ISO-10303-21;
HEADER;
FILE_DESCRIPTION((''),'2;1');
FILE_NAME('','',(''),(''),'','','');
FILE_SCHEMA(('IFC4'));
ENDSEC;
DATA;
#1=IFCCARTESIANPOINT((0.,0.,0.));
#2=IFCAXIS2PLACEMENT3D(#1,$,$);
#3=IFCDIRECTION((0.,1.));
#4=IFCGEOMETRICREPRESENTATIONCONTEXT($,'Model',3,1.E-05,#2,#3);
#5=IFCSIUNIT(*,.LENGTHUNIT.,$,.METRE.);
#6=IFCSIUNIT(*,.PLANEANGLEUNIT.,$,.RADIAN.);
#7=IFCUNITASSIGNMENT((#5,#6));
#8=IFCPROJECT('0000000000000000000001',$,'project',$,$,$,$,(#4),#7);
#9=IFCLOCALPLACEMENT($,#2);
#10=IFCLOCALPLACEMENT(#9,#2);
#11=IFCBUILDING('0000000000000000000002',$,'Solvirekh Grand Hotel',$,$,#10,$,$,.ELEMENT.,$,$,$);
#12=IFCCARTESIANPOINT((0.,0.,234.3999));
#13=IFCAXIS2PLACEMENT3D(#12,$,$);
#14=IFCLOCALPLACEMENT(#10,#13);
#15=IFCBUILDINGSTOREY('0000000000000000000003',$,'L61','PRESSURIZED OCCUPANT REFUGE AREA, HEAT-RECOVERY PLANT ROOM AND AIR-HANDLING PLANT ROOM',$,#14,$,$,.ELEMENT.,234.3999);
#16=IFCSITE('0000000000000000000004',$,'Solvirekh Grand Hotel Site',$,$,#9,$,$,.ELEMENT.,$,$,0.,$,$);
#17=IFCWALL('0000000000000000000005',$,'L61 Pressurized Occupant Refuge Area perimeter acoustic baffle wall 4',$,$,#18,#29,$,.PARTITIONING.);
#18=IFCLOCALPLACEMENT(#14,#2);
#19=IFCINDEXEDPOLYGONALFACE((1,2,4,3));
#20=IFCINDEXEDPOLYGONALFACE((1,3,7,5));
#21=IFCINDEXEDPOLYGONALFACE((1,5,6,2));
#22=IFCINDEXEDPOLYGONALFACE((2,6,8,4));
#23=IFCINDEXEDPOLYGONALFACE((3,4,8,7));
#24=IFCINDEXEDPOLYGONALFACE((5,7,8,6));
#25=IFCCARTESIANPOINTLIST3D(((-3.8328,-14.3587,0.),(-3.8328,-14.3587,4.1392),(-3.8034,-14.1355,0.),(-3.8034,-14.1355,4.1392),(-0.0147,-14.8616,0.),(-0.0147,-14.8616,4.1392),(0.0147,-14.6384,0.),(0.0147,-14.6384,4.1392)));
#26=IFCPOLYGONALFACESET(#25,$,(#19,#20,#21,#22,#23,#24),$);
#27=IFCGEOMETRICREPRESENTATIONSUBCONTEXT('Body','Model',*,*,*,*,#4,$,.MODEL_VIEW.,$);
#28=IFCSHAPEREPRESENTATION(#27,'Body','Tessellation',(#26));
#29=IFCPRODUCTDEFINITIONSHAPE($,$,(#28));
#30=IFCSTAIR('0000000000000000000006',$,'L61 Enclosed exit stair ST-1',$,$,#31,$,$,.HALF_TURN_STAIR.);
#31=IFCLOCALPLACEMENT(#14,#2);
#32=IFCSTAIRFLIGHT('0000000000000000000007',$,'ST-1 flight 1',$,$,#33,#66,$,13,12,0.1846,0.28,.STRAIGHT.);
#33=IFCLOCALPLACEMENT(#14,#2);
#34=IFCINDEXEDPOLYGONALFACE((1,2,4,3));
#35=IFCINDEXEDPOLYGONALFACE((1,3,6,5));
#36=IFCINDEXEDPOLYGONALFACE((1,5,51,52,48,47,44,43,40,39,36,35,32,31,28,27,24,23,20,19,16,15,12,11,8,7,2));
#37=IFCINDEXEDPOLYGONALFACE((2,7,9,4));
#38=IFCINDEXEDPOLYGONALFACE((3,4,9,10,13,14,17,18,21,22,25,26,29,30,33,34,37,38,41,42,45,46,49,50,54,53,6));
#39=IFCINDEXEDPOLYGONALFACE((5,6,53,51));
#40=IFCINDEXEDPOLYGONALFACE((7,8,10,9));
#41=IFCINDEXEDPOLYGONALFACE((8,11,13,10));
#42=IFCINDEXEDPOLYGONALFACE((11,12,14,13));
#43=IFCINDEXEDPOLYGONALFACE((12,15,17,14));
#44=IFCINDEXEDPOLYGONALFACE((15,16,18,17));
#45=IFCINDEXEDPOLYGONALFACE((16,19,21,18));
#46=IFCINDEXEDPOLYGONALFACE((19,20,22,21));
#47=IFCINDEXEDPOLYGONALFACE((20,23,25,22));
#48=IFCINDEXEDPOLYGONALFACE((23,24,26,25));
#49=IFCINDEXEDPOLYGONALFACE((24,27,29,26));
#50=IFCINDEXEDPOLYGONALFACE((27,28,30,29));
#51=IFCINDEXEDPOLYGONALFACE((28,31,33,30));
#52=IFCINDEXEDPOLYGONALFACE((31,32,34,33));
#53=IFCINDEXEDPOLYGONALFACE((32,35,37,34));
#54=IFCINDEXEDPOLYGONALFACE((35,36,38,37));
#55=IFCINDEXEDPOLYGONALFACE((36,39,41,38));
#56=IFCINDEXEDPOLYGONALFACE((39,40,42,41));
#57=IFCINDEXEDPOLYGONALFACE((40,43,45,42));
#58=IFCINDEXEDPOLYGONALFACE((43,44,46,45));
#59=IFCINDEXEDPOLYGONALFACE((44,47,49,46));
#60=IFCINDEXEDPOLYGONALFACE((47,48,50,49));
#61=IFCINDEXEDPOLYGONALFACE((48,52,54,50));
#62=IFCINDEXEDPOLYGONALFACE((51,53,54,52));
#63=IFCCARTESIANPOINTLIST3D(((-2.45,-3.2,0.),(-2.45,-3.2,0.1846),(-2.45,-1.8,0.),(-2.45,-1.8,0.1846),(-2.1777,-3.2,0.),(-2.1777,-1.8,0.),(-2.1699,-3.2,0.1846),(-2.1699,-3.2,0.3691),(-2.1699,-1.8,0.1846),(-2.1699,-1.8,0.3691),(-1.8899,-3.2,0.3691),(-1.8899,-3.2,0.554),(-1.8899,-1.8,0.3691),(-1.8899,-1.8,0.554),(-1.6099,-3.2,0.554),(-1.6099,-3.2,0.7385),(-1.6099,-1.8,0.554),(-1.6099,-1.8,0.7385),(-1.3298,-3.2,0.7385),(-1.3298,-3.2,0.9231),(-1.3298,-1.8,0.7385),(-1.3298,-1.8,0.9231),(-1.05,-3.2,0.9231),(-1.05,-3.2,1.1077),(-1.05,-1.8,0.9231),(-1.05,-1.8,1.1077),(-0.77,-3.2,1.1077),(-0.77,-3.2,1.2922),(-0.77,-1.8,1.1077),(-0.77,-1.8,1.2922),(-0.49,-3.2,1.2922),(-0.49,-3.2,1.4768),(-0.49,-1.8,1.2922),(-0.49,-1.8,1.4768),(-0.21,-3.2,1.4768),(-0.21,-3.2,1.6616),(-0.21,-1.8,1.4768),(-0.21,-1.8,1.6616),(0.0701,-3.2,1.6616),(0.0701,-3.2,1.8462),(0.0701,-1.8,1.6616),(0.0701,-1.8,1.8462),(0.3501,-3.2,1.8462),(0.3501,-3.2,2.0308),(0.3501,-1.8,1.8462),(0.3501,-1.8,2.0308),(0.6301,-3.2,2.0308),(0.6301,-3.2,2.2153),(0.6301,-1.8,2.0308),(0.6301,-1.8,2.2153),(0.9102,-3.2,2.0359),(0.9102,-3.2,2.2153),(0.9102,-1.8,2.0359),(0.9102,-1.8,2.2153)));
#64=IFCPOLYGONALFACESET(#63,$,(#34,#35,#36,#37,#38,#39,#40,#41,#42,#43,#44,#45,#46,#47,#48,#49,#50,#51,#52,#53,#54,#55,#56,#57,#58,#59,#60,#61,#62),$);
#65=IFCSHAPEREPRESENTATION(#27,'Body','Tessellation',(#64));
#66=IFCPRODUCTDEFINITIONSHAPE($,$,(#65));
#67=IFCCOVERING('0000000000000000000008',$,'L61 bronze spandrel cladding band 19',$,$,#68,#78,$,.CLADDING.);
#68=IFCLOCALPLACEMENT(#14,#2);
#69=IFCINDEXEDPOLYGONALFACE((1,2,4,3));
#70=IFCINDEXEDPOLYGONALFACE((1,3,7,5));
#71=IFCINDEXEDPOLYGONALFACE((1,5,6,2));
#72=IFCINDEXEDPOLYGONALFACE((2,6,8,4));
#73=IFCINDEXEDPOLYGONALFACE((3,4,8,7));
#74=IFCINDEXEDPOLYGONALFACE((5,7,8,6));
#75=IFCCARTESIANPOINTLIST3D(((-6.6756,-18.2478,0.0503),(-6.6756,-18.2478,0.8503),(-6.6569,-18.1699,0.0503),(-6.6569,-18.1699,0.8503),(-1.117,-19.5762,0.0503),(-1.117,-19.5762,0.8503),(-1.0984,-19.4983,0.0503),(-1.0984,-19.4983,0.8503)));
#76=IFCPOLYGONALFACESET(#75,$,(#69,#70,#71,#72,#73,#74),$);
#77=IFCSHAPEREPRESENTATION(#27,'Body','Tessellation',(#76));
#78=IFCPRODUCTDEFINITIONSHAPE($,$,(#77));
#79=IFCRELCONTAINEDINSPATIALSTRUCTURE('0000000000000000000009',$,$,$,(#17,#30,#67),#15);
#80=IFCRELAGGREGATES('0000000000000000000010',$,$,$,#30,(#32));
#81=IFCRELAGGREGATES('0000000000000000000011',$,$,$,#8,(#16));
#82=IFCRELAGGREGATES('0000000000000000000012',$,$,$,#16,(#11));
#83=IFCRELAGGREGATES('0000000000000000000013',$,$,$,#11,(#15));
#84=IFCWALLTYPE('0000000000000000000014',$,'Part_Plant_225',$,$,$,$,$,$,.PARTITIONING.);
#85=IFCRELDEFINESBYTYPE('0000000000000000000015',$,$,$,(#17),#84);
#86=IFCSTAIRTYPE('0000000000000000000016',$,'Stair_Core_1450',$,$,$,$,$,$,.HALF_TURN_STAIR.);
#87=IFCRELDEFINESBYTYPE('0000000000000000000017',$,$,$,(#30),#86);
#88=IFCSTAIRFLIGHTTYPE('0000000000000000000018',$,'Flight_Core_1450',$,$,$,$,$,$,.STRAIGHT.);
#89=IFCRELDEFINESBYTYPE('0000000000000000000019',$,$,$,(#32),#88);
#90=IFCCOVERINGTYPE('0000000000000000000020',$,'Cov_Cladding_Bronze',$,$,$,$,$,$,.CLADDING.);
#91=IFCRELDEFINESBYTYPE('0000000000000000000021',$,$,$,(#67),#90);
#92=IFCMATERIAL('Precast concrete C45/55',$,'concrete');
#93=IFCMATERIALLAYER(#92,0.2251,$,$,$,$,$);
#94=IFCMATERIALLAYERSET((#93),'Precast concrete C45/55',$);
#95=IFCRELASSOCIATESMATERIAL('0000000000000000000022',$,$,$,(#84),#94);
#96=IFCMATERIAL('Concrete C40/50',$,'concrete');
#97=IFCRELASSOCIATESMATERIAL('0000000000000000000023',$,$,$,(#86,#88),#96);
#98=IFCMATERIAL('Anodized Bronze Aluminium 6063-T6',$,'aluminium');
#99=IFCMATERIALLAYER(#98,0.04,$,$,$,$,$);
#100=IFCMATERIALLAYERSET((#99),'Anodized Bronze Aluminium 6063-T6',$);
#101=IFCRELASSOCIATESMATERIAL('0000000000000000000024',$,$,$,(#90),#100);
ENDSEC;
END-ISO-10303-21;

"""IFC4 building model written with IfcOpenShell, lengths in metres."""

from ifc_helpers import new_model, si_unit, direction, frame, frame_2d, origin, origin_2d, place, context, subcontext, project, spatial, polyline, rectangle, outline, extrude, material, layer, layer_set, type_object, element, aggregate, save


model = new_model("IFC4")

# Units and contexts
model_context = context("Model", 3, precision=1e-05, world=origin(), true_north=direction((0.0, 1.0)))
body_context = subcontext(model_context, "Body", "Model", "MODEL_VIEW")
ifc_project = project(units=[si_unit("LENGTHUNIT", "METRE"), si_unit("PLANEANGLEUNIT", "RADIAN")], contexts=[model_context])

# Site, building, storey
site_placement = place(None, origin())
site = spatial("IfcSite", under=ifc_project, at=site_placement, Name="Solvirekh Grand Hotel Site", CompositionType="ELEMENT", RefElevation=0.0)
building_placement = place(site_placement, origin())
building = spatial("IfcBuilding", under=site, at=building_placement, Name="Solvirekh Grand Hotel", CompositionType="ELEMENT")
storey_placement = place(building_placement, frame((0.0, 0.0, 234.3999)))
storey = spatial("IfcBuildingStorey", under=building, at=storey_placement, Name="L61", Description="PRESSURIZED OCCUPANT REFUGE AREA, HEAT-RECOVERY PLANT ROOM AND AIR-HANDLING PLANT ROOM", CompositionType="ELEMENT", Elevation=234.3999)

# Shared definitions
ifc_material_1 = material(Name="Concrete C40/50", Category="concrete")

# Shared definitions
ifc_material_2 = material(Name="Precast concrete C45/55", Category="concrete")

# Shared definitions
ifc_material_3 = material(Name="Anodized Bronze Aluminium 6063-T6", Category="aluminium")

# Wall
ifc_layer_1 = layer(ifc_material_2, 0.2251)
ifc_layer_set_1 = layer_set([ifc_layer_1], Name="Precast concrete C45/55")
wall_type_1 = type_object("IfcWallType", Name="Part_Plant_225", PredefinedType="PARTITIONING", material=ifc_layer_set_1)
wall_1_placement = place(storey_placement, frame((-3.8181, -14.2471, 0.0), z_axis=(0.0, 0.0, 1.0), x_axis=(0.991436, -0.130594, 0.0)))
element("IfcWall", 1, at=wall_1_placement, inside=storey, type_object=wall_type_1, Name="L61 Pressurized Occupant Refuge Area perimeter acoustic baffle wall 4", PredefinedType="PARTITIONING", context=body_context, shape_type="SweptSolid", body=[
    extrude(rectangle(XDim=3.8511, YDim=0.2251, at=frame_2d((1.9255, 0.0))), origin(), (0.0, 0.0, 1.0), 4.1392),
])

# Stair, stair flight
stair_type = type_object("IfcStairType", Name="Stair_Core_1450", PredefinedType="HALF_TURN_STAIR", material=ifc_material_1)
stair_placement = place(storey_placement, origin())
stair = element("IfcStair", 2, at=stair_placement, inside=storey, type_object=stair_type, Name="L61 Enclosed exit stair ST-1", PredefinedType="HALF_TURN_STAIR")
stair_flight_type = type_object("IfcStairFlightType", Name="Flight_Core_1450", PredefinedType="STRAIGHT", material=ifc_material_1)
stair_flight_placement = place(storey_placement, frame((-2.45, -2.5, 0.0), z_axis=(0.0, 0.0, 1.0), x_axis=(1.0, 0.0, 0.0)))
stair_flight = element("IfcStairFlight", 3, at=stair_flight_placement, type_object=stair_flight_type, Name="ST-1 flight 1", NumberOfRisers=13, NumberOfTreads=12, PredefinedType="STRAIGHT", RiserHeight=0.1846, TreadLength=0.28, context=body_context, shape_type="SweptSolid", body=[
    extrude(outline(polyline([(0.0, 0.0), (0.0, 0.1846), (0.28, 0.1846), (0.28, 0.3691), (0.5601, 0.3691), (0.5601, 0.554), (0.8401, 0.554), (0.8401, 0.7385), (1.1201, 0.7385), (1.1201, 0.9231), (1.3999, 0.9231), (1.3999, 1.1077), (1.6799, 1.1077), (1.6799, 1.2922), (1.96, 1.2922), (1.96, 1.4768), (2.24, 1.4768), (2.24, 1.6616), (2.52, 1.6616), (2.52, 1.8462), (2.8, 1.8462), (2.8, 2.0308), (3.0801, 2.0308), (3.0801, 2.2153), (3.3601, 2.2153), (3.3601, 2.3999), (3.3601, 2.0359), (0.2722, 0.0), (0.0, 0.0)])), frame((0.0, 0.7, 0.0), z_axis=(0.0, -1.0, 0.0), x_axis=(1.0, 0.0, 0.0)), (0.0, 0.0, 1.0), 1.3999),
])
aggregate(stair, [stair_flight])

# Covering
ifc_layer_2 = layer(ifc_material_3, 0.04)
ifc_layer_set_2 = layer_set([ifc_layer_2], Name="Anodized Bronze Aluminium 6063-T6")
covering_type = type_object("IfcCoveringType", Name="Cov_Cladding_Bronze", PredefinedType="CLADDING", material=ifc_layer_set_2)
covering_placement = place(storey_placement, frame((-3.887, -18.873, 0.0503), z_axis=(0.0, 0.0, 1.0), x_axis=(-0.972614, 0.232427, 0.0)))
element("IfcCovering", 4, at=covering_placement, inside=storey, type_object=covering_type, Name="L61 bronze spandrel cladding band 19", PredefinedType="CLADDING", context=body_context, shape_type="SweptSolid", body=[
    extrude(rectangle(XDim=5.7151, YDim=0.0801, at=origin_2d()), origin(), (0.0, 0.0, 1.0), 0.8),
])

save(model, "model.ifc")
